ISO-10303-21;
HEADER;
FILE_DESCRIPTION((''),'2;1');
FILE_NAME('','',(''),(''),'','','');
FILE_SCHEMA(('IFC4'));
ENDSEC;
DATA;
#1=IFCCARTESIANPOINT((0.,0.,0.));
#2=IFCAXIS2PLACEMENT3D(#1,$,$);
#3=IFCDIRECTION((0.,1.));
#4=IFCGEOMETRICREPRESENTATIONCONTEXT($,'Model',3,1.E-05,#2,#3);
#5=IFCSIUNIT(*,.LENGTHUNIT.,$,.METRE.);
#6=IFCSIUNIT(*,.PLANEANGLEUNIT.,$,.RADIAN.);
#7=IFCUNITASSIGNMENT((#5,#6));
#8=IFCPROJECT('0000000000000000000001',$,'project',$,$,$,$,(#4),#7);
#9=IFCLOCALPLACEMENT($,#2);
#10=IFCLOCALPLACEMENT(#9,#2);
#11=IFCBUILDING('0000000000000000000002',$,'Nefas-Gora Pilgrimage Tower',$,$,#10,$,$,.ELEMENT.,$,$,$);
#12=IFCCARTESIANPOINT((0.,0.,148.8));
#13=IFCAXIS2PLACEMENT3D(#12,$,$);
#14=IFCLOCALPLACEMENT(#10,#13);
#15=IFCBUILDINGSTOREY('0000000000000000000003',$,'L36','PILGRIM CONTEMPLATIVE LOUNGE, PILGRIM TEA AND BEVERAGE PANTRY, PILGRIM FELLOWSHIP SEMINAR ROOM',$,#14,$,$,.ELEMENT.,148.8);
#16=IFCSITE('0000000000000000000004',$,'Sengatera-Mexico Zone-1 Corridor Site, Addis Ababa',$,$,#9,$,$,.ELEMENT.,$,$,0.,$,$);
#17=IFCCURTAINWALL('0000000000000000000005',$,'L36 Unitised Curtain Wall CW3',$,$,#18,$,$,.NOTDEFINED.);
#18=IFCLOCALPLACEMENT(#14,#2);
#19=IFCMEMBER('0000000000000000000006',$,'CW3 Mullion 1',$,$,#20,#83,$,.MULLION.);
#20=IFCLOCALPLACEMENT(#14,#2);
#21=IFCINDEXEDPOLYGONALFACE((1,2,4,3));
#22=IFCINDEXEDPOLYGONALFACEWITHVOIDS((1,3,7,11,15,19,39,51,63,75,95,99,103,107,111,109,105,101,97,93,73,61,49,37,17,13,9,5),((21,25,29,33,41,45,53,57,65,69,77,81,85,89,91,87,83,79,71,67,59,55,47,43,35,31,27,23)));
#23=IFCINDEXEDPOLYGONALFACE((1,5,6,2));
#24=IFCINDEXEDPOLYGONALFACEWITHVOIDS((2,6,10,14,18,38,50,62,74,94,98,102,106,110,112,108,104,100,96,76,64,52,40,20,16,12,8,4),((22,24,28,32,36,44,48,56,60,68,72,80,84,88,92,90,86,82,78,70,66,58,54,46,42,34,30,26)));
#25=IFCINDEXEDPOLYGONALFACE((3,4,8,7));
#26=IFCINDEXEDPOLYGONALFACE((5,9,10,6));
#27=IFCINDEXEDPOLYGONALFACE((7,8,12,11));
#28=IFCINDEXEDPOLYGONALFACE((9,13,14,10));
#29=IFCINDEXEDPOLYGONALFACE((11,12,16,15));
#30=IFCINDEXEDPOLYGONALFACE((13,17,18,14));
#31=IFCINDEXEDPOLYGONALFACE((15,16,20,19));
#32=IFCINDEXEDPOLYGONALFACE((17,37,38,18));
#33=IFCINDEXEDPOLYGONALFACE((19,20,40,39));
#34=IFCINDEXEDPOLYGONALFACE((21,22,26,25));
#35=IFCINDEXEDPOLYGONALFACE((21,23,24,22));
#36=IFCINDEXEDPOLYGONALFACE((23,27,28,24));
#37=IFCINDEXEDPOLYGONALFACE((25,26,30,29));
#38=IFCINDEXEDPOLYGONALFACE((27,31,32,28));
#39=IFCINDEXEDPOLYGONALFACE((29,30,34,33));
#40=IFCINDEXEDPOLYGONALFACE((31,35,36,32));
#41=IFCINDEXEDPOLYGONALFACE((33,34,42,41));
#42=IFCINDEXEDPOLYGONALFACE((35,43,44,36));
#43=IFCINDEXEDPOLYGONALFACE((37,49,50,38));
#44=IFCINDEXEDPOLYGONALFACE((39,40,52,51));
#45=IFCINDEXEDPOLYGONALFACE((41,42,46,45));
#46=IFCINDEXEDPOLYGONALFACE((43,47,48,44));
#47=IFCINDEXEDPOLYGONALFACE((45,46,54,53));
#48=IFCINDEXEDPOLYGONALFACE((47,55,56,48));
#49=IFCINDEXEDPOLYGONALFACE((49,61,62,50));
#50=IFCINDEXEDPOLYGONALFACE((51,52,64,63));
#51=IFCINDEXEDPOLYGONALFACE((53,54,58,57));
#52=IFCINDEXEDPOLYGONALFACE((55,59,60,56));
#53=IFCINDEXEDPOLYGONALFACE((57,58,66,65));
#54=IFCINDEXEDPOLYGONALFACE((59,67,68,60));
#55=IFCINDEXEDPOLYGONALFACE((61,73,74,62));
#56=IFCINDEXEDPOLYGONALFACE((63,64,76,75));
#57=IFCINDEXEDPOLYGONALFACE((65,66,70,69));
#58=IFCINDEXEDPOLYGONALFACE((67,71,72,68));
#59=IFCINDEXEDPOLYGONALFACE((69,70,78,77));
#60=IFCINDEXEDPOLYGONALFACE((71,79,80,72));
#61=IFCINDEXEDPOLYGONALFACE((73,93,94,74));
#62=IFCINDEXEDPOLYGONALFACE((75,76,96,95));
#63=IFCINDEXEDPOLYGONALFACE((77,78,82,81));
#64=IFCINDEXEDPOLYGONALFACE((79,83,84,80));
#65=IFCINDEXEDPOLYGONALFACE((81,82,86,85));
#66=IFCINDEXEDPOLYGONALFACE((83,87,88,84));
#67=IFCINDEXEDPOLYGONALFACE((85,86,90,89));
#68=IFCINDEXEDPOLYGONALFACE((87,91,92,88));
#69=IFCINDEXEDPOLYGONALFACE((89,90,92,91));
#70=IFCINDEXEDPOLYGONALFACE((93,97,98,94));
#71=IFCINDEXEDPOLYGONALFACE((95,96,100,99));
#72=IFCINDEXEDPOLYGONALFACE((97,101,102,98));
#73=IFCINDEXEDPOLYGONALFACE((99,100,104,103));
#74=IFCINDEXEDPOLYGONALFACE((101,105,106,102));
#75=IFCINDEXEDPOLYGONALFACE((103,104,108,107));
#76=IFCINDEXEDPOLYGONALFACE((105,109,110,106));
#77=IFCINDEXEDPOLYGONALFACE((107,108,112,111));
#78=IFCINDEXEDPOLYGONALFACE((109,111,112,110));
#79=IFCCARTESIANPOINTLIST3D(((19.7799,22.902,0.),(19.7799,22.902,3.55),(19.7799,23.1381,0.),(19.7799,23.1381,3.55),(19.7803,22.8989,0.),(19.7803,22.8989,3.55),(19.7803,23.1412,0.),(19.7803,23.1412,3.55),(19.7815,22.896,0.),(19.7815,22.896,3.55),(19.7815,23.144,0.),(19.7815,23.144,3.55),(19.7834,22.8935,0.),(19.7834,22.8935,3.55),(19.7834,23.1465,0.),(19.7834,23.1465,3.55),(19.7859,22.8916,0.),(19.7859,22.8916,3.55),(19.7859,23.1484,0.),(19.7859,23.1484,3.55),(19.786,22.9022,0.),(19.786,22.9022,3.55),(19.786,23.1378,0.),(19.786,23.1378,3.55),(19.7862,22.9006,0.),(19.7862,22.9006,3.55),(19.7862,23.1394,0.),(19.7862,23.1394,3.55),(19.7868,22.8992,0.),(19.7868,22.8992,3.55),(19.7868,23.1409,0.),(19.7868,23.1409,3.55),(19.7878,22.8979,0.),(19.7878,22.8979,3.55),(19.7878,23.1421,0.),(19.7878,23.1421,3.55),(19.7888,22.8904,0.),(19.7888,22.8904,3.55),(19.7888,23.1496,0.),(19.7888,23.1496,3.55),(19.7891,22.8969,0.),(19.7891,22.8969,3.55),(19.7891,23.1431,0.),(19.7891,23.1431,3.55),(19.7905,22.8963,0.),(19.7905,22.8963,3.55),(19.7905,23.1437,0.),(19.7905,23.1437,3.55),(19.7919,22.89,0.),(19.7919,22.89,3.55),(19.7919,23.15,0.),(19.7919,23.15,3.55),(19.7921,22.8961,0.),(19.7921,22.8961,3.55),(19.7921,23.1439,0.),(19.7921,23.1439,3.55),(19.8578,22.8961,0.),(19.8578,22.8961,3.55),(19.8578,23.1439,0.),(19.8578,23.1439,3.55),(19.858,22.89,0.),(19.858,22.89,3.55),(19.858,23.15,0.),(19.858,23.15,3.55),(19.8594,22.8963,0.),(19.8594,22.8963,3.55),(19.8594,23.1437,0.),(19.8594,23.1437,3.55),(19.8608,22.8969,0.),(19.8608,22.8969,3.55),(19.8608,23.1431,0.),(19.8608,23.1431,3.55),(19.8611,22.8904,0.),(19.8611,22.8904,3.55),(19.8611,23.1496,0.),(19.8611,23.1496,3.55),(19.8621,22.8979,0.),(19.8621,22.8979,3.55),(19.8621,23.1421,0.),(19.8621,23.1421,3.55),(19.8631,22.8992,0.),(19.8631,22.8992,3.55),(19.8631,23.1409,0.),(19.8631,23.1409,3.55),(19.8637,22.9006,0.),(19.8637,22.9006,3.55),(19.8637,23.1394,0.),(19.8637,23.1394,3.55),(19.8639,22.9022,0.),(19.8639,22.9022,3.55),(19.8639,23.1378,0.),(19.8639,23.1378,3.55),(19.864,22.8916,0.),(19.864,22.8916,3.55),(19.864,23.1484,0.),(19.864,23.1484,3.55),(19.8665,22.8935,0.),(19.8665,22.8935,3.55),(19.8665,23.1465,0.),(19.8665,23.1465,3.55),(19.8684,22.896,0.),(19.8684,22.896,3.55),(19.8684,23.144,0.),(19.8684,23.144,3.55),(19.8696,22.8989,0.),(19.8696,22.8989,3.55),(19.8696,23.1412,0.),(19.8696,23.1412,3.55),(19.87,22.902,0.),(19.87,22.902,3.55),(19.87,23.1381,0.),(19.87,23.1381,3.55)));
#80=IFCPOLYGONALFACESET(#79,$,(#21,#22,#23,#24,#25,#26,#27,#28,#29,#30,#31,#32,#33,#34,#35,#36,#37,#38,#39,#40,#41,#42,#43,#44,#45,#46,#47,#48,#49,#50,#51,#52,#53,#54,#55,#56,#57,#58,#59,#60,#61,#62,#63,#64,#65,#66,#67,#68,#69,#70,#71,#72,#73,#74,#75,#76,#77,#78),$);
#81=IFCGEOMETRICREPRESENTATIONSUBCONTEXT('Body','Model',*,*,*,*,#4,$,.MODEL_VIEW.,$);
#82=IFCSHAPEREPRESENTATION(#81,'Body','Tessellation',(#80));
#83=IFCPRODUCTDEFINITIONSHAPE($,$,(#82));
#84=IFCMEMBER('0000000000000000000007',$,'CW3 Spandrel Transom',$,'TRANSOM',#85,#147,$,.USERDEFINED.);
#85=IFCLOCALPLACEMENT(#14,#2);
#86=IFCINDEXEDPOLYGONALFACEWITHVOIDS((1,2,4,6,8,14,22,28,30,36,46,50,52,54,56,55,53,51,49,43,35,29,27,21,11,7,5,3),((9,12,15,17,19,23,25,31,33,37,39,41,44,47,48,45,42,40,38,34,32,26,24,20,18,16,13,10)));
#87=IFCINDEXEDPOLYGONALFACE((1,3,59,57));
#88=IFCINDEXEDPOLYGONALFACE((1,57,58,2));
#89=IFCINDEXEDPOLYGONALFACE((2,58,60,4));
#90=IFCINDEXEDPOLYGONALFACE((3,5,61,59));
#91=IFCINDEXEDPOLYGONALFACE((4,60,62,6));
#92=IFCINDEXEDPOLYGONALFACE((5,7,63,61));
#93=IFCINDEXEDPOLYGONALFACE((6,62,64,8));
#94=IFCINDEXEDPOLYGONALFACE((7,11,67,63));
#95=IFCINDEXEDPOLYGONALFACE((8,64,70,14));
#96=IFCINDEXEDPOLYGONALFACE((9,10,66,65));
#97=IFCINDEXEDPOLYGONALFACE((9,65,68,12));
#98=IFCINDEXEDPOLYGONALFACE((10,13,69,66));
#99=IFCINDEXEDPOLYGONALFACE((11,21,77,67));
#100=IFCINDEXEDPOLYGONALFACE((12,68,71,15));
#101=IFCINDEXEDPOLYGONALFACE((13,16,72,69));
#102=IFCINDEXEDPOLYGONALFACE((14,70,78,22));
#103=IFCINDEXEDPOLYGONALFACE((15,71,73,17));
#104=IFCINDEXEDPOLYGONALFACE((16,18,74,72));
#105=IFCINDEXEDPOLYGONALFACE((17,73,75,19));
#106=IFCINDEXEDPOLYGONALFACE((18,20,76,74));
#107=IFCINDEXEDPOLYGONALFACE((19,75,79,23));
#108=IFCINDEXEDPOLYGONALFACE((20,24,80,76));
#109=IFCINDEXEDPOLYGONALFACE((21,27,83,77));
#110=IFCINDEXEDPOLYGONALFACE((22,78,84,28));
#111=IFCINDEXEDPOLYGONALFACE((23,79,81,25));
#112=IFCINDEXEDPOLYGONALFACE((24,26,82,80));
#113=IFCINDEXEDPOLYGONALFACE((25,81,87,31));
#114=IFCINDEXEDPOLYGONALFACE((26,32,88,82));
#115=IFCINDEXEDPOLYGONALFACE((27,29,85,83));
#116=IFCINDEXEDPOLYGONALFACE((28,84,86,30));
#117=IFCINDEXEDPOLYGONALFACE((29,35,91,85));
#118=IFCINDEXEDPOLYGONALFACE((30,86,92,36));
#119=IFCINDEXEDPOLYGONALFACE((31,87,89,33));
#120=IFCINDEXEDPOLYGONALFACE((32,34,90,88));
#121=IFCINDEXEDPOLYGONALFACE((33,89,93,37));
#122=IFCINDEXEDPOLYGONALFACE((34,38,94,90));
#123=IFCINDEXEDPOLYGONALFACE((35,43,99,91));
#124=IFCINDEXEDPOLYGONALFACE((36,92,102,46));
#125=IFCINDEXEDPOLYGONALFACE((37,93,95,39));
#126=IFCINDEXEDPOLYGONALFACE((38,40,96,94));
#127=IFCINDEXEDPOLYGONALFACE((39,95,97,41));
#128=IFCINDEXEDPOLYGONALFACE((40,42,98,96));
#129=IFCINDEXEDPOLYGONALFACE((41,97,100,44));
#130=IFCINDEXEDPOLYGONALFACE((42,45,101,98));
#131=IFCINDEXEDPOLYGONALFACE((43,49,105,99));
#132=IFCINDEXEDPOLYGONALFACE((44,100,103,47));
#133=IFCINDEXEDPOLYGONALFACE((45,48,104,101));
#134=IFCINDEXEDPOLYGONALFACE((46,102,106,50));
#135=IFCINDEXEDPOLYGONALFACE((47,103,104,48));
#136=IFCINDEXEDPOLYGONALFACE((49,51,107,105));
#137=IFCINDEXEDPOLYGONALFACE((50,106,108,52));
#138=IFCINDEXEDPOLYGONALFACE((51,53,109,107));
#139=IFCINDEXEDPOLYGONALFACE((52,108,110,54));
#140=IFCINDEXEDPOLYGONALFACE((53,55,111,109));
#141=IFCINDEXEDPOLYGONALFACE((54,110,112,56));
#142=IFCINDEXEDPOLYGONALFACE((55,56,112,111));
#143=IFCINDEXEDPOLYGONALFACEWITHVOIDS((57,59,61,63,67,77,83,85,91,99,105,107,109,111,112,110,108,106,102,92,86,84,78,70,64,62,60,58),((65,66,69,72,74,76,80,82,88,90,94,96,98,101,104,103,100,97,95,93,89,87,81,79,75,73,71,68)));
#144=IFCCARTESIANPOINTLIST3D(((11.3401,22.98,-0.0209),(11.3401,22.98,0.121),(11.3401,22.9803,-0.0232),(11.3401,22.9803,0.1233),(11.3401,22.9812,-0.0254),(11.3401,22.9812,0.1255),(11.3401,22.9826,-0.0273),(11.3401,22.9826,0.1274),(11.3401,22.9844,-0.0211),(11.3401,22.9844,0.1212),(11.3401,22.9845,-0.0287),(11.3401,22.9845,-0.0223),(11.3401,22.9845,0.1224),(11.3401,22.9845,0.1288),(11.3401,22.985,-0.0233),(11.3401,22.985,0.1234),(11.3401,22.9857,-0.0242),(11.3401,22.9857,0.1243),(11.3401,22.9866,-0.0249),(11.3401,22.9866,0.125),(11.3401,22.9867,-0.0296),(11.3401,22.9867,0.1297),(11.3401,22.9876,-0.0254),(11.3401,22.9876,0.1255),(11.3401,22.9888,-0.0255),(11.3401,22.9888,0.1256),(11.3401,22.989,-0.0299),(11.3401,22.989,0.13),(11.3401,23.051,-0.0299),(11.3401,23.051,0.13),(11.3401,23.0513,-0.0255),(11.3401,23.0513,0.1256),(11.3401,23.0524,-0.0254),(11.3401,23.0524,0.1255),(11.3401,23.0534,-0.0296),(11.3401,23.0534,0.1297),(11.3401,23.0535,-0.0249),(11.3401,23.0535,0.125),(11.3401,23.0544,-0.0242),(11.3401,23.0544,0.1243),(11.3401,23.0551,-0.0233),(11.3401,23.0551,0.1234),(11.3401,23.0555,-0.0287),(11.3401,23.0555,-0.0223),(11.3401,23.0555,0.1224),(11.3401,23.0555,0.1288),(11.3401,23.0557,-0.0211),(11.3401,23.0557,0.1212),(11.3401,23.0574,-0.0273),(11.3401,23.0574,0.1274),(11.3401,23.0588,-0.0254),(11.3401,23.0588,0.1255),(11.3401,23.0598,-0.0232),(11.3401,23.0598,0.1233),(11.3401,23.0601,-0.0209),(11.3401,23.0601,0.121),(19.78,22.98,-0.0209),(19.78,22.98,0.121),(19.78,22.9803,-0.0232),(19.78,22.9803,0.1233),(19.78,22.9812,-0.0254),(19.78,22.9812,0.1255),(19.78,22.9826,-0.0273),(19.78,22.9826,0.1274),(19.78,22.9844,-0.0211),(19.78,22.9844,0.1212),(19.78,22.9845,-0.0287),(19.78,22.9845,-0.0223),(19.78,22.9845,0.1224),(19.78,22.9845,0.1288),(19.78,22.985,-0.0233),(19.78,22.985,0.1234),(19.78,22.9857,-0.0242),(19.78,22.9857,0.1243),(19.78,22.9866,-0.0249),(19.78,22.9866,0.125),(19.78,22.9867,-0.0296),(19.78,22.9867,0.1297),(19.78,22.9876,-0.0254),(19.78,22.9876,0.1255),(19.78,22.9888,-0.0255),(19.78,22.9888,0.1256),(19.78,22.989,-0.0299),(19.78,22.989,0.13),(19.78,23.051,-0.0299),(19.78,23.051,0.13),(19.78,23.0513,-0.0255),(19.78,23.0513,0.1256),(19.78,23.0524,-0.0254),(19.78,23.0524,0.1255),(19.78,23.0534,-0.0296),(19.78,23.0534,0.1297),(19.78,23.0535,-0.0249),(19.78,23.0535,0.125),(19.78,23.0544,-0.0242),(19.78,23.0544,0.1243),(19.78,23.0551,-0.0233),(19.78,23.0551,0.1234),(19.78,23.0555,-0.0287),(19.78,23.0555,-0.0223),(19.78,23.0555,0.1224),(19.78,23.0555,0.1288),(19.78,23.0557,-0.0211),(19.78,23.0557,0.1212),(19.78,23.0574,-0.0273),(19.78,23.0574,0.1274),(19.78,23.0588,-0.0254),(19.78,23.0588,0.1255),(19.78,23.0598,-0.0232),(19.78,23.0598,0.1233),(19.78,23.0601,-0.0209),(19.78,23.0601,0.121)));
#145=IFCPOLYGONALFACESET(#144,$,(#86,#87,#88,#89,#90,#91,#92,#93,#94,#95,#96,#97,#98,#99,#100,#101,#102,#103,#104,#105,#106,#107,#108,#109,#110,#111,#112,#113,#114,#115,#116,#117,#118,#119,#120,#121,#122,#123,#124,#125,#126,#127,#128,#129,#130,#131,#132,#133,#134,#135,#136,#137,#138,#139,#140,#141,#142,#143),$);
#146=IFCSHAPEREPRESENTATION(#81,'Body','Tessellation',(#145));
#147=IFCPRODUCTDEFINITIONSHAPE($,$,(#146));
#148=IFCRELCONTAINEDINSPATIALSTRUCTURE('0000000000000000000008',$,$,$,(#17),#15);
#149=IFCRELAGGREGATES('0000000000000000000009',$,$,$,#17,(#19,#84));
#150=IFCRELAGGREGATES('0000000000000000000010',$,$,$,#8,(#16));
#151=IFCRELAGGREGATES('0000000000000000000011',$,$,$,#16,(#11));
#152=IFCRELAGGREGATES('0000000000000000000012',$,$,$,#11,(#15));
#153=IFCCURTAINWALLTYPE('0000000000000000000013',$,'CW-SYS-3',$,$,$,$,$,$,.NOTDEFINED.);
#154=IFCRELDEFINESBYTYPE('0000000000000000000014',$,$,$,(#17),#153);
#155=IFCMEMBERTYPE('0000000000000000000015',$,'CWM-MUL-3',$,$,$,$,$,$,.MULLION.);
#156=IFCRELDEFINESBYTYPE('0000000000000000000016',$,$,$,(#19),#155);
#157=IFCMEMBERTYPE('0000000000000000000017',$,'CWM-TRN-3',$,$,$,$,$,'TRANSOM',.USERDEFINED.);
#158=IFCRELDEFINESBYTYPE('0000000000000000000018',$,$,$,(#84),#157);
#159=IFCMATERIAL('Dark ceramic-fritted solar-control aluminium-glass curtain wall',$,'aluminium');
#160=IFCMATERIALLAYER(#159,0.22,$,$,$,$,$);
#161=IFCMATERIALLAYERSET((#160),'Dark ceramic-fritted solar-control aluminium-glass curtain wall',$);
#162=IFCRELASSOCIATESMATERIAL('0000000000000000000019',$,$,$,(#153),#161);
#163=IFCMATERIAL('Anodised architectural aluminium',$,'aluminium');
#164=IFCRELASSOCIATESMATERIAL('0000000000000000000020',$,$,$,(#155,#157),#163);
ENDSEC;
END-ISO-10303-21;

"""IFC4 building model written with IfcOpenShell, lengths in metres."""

from ifc_helpers import new_model, si_unit, direction, frame, origin, origin_2d, place, context, subcontext, project, spatial, hollow_rectangle, extrude, source, transform, mapped, material, layer, layer_set, material_profile, profile_set, type_object, element, aggregate, save


model = new_model("IFC4")

# Units and contexts
model_context = context("Model", 3, precision=1e-05, world=origin(), true_north=direction((0.0, 1.0)))
body_context = subcontext(model_context, "Body", "Model", "MODEL_VIEW")
ifc_project = project(units=[si_unit("LENGTHUNIT", "METRE"), si_unit("PLANEANGLEUNIT", "RADIAN")], contexts=[model_context])

# Site, building, storey
site_placement = place(None, origin())
site = spatial("IfcSite", under=ifc_project, at=site_placement, Name="Sengatera-Mexico Zone-1 Corridor Site, Addis Ababa", CompositionType="ELEMENT", RefElevation=0.0)
building_placement = place(site_placement, origin())
building = spatial("IfcBuilding", under=site, at=building_placement, Name="Nefas-Gora Pilgrimage Tower", CompositionType="ELEMENT")
storey_placement = place(building_placement, frame((0.0, 0.0, 148.8)))
storey = spatial("IfcBuildingStorey", under=building, at=storey_placement, Name="L36", Description="PILGRIM CONTEMPLATIVE LOUNGE, PILGRIM TEA AND BEVERAGE PANTRY, PILGRIM FELLOWSHIP SEMINAR ROOM", CompositionType="ELEMENT", Elevation=148.8)

# Curtain wall, members
ifc_material_1 = material(Name="Dark ceramic-fritted solar-control aluminium-glass curtain wall", Category="aluminium")
ifc_layer_1 = layer(ifc_material_1, 0.22)
ifc_layer_set_1 = layer_set([ifc_layer_1], Name="Dark ceramic-fritted solar-control aluminium-glass curtain wall")
curtain_wall_type = type_object("IfcCurtainWallType", Name="CW-SYS-3", PredefinedType="NOTDEFINED", material=ifc_layer_set_1)
ifc_material_2 = material(Name="Anodised architectural aluminium", Category="aluminium")
ifc_material_profile_1 = material_profile(ifc_material_2, hollow_rectangle(XDim=0.0901, YDim=0.26, WallThickness=0.0061, InnerFilletRadius=0.0061, OuterFilletRadius=0.012, at=origin_2d()), Name="ALU MULLION 90x260")
ifc_profile_set_1 = profile_set([ifc_material_profile_1], Name="Anodised architectural aluminium")
member_type_1 = type_object("IfcMemberType", Name="CWM-MUL-3", PredefinedType="MULLION", material=ifc_profile_set_1)
shared_shape_1 = source(origin(), body_context, "Body", "SweptSolid", [
    extrude(hollow_rectangle(XDim=0.0901, YDim=0.26, WallThickness=0.0061, InnerFilletRadius=0.0061, OuterFilletRadius=0.012, at=origin_2d()), origin(), (0.0, 0.0, 1.0), 3.55),
])
curtain_wall_1_placement = place(storey_placement, origin())
curtain_wall_1 = element("IfcCurtainWall", 1, at=curtain_wall_1_placement, inside=storey, type_object=curtain_wall_type, Name="L36 Unitised Curtain Wall CW3", PredefinedType="NOTDEFINED")
member_1_placement = place(storey_placement, frame((19.825, 23.02, 0.0), z_axis=(0.0, 0.0, 1.0), x_axis=(-1.0, 0.0, 0.0)))
member_1 = element("IfcMember", 2, at=member_1_placement, type_object=member_type_1, Name="CW3 Mullion 1", PredefinedType="MULLION", context=body_context, shape_type="MappedRepresentation", body=[
    mapped(shared_shape_1, transform((0.0, 0.0, 0.0), x_axis=(1.0, 0.0, 0.0), y_axis=(0.0, 1.0, 0.0), z_axis=(0.0, 0.0, 1.0), scale=1.0)),
])
ifc_material_profile_2 = material_profile(ifc_material_2, hollow_rectangle(XDim=0.0801, YDim=0.1599, WallThickness=0.0044, InnerFilletRadius=0.0044, OuterFilletRadius=0.009, at=origin_2d()), Name="ALU TRANSOM 80x160")
ifc_profile_set_2 = profile_set([ifc_material_profile_2], Name="Anodised architectural aluminium")
member_type_2 = type_object("IfcMemberType", Name="CWM-TRN-3", ElementType="TRANSOM", PredefinedType="USERDEFINED", material=ifc_profile_set_2)
shared_shape_2 = source(origin(), body_context, "Body", "SweptSolid", [
    extrude(hollow_rectangle(XDim=0.0801, YDim=0.1599, WallThickness=0.0044, InnerFilletRadius=0.0044, OuterFilletRadius=0.009, at=origin_2d()), origin(), (0.0, 0.0, 1.0), 8.4399),
])
member_2_placement = place(storey_placement, frame((19.78, 23.02, 0.05), z_axis=(-1.0, 0.0, 0.0), x_axis=(0.0, -1.0, 0.0)))
member_2 = element("IfcMember", 3, at=member_2_placement, type_object=member_type_2, Name="CW3 Spandrel Transom", ObjectType="TRANSOM", PredefinedType="USERDEFINED", context=body_context, shape_type="MappedRepresentation", body=[
    mapped(shared_shape_2, transform((0.0, 0.0, 0.0), x_axis=(1.0, 0.0, 0.0), y_axis=(0.0, 1.0, 0.0), z_axis=(0.0, 0.0, 1.0), scale=1.0)),
])

aggregate(curtain_wall_1, [member_1, member_2])

save(model, "model.ifc")
